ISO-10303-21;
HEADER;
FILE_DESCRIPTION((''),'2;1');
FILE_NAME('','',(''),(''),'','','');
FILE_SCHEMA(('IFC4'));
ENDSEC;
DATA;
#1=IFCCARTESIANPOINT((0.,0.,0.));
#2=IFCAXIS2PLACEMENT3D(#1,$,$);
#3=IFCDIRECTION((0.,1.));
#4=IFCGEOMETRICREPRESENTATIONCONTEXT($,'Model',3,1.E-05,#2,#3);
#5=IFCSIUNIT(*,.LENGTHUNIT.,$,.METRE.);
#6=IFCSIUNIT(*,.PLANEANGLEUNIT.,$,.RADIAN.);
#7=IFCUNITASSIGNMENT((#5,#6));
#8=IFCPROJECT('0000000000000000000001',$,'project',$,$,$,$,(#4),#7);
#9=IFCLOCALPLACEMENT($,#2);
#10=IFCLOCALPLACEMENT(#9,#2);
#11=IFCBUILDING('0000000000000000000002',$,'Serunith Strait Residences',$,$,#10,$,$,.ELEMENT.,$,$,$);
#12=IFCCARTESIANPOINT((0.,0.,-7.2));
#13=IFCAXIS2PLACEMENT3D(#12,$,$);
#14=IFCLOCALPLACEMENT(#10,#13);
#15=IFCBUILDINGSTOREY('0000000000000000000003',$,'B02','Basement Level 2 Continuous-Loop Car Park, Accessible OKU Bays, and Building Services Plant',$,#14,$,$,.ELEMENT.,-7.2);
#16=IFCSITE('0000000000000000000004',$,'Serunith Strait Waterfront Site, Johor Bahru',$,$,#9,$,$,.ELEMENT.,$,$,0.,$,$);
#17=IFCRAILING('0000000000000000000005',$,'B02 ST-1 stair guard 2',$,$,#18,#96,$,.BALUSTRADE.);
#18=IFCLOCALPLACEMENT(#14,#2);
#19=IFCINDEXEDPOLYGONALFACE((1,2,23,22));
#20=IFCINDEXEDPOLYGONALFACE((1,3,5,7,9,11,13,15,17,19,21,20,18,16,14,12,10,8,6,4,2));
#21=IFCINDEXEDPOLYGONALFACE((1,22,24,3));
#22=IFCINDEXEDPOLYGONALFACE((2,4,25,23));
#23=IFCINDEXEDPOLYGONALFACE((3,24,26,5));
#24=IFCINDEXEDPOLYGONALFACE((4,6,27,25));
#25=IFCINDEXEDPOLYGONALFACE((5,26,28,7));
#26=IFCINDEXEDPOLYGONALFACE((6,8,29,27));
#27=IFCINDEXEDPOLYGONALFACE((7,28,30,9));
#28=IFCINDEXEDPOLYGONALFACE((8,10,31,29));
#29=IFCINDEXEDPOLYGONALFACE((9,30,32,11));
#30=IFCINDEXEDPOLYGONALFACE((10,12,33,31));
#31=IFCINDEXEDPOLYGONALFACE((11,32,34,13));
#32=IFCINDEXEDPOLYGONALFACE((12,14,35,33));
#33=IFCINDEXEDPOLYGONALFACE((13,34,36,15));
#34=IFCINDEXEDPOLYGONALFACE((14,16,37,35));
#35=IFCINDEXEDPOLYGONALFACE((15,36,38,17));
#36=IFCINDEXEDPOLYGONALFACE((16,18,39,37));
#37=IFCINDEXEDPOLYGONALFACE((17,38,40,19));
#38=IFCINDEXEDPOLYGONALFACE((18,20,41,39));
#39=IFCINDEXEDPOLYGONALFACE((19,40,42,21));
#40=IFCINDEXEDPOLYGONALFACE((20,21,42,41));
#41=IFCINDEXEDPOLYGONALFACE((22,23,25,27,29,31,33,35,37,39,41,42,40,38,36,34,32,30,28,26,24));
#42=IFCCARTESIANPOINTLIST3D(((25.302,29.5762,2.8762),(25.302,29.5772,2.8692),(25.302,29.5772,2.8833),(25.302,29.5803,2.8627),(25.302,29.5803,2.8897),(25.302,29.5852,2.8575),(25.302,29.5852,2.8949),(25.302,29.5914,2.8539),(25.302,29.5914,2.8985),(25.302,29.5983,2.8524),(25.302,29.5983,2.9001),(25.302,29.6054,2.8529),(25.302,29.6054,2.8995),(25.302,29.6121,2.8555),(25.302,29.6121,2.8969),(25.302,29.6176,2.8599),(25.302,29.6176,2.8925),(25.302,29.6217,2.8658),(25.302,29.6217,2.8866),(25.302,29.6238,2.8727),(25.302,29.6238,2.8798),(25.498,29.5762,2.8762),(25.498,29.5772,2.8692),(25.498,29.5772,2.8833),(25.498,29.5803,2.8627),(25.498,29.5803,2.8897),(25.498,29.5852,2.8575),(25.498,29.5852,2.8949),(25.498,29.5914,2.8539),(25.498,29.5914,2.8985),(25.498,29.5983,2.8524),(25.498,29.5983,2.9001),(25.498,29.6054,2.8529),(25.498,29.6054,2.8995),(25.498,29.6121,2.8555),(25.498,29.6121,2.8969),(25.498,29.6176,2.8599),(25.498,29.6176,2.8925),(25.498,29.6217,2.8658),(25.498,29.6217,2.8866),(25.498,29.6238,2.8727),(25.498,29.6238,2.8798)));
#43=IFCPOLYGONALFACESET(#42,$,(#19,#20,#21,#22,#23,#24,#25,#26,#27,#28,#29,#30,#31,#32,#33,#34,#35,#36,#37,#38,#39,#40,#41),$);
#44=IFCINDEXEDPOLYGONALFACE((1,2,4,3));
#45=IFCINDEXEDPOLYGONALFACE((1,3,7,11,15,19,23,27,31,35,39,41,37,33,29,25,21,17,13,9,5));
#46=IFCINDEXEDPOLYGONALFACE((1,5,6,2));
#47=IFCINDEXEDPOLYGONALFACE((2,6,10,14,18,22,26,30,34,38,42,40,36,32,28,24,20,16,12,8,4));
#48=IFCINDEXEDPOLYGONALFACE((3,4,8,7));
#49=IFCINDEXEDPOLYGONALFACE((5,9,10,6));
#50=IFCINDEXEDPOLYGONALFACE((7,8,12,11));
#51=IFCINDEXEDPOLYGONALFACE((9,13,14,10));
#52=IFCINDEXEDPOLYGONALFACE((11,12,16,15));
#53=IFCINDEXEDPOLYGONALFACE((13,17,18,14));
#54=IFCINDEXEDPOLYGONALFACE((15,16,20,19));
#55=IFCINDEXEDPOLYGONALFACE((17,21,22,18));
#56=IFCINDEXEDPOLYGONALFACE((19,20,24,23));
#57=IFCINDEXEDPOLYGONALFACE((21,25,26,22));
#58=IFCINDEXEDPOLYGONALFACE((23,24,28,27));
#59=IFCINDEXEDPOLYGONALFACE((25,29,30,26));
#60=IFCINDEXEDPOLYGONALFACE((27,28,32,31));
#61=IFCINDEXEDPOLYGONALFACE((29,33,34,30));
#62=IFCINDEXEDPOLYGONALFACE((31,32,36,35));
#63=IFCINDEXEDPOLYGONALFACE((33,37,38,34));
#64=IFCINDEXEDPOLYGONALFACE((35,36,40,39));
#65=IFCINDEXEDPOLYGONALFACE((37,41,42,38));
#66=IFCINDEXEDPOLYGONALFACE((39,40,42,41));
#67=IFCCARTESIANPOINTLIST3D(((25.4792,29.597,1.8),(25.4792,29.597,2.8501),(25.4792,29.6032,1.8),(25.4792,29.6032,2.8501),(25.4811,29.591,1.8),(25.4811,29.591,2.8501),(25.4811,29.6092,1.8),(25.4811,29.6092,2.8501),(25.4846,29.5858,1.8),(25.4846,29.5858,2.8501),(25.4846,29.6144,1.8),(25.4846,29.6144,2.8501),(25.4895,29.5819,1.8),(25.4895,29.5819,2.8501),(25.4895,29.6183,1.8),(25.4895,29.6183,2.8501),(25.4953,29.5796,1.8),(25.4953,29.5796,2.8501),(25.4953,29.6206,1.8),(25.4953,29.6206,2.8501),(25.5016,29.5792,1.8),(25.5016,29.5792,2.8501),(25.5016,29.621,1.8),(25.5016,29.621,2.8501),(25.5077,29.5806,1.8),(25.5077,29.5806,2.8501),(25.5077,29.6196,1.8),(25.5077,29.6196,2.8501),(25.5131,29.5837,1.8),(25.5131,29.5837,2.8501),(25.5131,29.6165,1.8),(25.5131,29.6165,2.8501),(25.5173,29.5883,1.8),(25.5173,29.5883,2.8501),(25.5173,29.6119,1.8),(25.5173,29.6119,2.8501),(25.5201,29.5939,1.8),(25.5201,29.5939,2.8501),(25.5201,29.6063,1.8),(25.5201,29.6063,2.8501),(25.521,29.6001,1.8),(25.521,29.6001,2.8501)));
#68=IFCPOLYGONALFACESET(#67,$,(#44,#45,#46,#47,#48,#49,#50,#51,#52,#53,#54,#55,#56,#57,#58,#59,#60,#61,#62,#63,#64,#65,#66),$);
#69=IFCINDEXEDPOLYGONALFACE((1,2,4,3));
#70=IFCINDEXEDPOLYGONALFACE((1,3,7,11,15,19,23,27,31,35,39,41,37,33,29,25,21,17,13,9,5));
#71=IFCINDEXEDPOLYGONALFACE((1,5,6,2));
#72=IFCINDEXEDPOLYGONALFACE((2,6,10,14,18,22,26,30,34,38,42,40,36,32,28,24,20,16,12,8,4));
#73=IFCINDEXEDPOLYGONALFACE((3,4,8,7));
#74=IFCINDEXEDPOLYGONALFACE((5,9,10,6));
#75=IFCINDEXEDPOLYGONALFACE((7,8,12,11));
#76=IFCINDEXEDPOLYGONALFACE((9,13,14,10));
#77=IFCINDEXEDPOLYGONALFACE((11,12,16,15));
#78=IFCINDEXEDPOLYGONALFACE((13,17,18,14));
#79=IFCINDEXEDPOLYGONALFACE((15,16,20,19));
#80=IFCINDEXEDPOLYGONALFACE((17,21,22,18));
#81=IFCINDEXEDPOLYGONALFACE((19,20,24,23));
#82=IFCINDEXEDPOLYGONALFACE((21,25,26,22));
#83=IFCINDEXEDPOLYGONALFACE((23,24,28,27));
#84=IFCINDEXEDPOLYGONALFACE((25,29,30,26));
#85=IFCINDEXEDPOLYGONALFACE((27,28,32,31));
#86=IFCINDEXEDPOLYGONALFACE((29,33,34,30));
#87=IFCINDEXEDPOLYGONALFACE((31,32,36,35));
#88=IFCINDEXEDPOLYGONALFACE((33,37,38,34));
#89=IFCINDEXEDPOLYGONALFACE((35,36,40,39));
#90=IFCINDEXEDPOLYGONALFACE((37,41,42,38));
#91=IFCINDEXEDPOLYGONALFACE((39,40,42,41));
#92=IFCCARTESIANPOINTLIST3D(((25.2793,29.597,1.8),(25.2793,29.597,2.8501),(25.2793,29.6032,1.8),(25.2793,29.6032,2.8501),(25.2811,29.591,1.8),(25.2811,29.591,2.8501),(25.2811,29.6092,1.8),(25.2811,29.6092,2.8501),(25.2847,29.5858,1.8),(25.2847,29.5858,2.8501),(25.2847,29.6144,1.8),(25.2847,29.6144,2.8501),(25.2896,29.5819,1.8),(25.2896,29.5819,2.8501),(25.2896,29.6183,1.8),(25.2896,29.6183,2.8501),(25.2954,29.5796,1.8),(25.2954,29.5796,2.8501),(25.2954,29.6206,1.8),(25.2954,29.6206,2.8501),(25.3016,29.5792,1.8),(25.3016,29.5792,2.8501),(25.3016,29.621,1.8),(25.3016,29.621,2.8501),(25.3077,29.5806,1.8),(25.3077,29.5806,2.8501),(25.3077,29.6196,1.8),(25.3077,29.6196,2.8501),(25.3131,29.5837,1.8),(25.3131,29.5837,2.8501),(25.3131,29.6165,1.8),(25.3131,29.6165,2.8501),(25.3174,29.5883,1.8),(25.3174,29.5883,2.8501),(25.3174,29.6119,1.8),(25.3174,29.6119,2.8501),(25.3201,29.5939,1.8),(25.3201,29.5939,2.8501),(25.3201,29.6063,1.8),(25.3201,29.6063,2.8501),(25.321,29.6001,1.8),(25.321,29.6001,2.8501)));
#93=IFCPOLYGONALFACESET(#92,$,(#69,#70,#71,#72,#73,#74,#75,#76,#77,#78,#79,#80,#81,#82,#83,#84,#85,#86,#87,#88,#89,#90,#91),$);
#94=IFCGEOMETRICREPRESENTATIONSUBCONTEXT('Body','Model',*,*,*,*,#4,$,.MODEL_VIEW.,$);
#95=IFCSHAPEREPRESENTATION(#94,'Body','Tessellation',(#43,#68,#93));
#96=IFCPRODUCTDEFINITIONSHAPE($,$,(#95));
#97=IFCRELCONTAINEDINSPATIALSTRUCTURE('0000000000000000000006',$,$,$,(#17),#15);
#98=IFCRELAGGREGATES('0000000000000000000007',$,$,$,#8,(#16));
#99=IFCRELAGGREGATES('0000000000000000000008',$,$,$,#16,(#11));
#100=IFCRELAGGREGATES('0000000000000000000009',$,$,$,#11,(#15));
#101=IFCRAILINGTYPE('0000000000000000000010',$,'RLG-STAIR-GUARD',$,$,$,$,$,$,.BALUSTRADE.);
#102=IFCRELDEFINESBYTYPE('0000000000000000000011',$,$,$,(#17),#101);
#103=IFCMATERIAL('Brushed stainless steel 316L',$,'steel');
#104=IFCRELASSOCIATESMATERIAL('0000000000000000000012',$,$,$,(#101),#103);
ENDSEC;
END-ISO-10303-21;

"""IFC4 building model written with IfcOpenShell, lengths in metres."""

from ifc_helpers import new_model, si_unit, direction, frame, origin, origin_2d, place, context, subcontext, project, spatial, circle, extrude, material, type_object, element, save


model = new_model("IFC4")

# Units and contexts
model_context = context("Model", 3, precision=1e-05, world=origin(), true_north=direction((0.0, 1.0)))
body_context = subcontext(model_context, "Body", "Model", "MODEL_VIEW")
ifc_project = project(units=[si_unit("LENGTHUNIT", "METRE"), si_unit("PLANEANGLEUNIT", "RADIAN")], contexts=[model_context])

# Site, building, storey
site_placement = place(None, origin())
site = spatial("IfcSite", under=ifc_project, at=site_placement, Name="Serunith Strait Waterfront Site, Johor Bahru", CompositionType="ELEMENT", RefElevation=0.0)
building_placement = place(site_placement, origin())
building = spatial("IfcBuilding", under=site, at=building_placement, Name="Serunith Strait Residences", CompositionType="ELEMENT")
storey_placement = place(building_placement, frame((0.0, 0.0, -7.2)))
storey = spatial("IfcBuildingStorey", under=building, at=storey_placement, Name="B02", Description="Basement Level 2 Continuous-Loop Car Park, Accessible OKU Bays, and Building Services Plant", CompositionType="ELEMENT", Elevation=-7.2)

# Railing
ifc_material_1 = material(Name="Brushed stainless steel 316L", Category="steel")
railing_type_1 = type_object("IfcRailingType", Name="RLG-STAIR-GUARD", PredefinedType="BALUSTRADE", material=ifc_material_1)
railing_1_placement = place(storey_placement, frame((25.5, 29.6001, 1.8)))
element("IfcRailing", 1, at=railing_1_placement, inside=storey, type_object=railing_type_1, Name="B02 ST-1 stair guard 2", PredefinedType="BALUSTRADE", context=body_context, shape_type="SweptSolid", body=[
    extrude(circle(Radius=0.0239, at=origin_2d()), frame((-0.002, 0.0, 1.0762), z_axis=(-1.0, 0.0, 0.0), x_axis=(0.0, -1.0, 0.0)), (0.0, 0.0, 1.0), 0.196),
    extrude(circle(Radius=0.021, at=origin_2d()), origin(), (0.0, 0.0, 1.0), 1.05),
    extrude(circle(Radius=0.021, at=origin_2d()), frame((-0.2, 0.0, 0.0)), (0.0, 0.0, 1.0), 1.05),
])

save(model, "model.ifc")
